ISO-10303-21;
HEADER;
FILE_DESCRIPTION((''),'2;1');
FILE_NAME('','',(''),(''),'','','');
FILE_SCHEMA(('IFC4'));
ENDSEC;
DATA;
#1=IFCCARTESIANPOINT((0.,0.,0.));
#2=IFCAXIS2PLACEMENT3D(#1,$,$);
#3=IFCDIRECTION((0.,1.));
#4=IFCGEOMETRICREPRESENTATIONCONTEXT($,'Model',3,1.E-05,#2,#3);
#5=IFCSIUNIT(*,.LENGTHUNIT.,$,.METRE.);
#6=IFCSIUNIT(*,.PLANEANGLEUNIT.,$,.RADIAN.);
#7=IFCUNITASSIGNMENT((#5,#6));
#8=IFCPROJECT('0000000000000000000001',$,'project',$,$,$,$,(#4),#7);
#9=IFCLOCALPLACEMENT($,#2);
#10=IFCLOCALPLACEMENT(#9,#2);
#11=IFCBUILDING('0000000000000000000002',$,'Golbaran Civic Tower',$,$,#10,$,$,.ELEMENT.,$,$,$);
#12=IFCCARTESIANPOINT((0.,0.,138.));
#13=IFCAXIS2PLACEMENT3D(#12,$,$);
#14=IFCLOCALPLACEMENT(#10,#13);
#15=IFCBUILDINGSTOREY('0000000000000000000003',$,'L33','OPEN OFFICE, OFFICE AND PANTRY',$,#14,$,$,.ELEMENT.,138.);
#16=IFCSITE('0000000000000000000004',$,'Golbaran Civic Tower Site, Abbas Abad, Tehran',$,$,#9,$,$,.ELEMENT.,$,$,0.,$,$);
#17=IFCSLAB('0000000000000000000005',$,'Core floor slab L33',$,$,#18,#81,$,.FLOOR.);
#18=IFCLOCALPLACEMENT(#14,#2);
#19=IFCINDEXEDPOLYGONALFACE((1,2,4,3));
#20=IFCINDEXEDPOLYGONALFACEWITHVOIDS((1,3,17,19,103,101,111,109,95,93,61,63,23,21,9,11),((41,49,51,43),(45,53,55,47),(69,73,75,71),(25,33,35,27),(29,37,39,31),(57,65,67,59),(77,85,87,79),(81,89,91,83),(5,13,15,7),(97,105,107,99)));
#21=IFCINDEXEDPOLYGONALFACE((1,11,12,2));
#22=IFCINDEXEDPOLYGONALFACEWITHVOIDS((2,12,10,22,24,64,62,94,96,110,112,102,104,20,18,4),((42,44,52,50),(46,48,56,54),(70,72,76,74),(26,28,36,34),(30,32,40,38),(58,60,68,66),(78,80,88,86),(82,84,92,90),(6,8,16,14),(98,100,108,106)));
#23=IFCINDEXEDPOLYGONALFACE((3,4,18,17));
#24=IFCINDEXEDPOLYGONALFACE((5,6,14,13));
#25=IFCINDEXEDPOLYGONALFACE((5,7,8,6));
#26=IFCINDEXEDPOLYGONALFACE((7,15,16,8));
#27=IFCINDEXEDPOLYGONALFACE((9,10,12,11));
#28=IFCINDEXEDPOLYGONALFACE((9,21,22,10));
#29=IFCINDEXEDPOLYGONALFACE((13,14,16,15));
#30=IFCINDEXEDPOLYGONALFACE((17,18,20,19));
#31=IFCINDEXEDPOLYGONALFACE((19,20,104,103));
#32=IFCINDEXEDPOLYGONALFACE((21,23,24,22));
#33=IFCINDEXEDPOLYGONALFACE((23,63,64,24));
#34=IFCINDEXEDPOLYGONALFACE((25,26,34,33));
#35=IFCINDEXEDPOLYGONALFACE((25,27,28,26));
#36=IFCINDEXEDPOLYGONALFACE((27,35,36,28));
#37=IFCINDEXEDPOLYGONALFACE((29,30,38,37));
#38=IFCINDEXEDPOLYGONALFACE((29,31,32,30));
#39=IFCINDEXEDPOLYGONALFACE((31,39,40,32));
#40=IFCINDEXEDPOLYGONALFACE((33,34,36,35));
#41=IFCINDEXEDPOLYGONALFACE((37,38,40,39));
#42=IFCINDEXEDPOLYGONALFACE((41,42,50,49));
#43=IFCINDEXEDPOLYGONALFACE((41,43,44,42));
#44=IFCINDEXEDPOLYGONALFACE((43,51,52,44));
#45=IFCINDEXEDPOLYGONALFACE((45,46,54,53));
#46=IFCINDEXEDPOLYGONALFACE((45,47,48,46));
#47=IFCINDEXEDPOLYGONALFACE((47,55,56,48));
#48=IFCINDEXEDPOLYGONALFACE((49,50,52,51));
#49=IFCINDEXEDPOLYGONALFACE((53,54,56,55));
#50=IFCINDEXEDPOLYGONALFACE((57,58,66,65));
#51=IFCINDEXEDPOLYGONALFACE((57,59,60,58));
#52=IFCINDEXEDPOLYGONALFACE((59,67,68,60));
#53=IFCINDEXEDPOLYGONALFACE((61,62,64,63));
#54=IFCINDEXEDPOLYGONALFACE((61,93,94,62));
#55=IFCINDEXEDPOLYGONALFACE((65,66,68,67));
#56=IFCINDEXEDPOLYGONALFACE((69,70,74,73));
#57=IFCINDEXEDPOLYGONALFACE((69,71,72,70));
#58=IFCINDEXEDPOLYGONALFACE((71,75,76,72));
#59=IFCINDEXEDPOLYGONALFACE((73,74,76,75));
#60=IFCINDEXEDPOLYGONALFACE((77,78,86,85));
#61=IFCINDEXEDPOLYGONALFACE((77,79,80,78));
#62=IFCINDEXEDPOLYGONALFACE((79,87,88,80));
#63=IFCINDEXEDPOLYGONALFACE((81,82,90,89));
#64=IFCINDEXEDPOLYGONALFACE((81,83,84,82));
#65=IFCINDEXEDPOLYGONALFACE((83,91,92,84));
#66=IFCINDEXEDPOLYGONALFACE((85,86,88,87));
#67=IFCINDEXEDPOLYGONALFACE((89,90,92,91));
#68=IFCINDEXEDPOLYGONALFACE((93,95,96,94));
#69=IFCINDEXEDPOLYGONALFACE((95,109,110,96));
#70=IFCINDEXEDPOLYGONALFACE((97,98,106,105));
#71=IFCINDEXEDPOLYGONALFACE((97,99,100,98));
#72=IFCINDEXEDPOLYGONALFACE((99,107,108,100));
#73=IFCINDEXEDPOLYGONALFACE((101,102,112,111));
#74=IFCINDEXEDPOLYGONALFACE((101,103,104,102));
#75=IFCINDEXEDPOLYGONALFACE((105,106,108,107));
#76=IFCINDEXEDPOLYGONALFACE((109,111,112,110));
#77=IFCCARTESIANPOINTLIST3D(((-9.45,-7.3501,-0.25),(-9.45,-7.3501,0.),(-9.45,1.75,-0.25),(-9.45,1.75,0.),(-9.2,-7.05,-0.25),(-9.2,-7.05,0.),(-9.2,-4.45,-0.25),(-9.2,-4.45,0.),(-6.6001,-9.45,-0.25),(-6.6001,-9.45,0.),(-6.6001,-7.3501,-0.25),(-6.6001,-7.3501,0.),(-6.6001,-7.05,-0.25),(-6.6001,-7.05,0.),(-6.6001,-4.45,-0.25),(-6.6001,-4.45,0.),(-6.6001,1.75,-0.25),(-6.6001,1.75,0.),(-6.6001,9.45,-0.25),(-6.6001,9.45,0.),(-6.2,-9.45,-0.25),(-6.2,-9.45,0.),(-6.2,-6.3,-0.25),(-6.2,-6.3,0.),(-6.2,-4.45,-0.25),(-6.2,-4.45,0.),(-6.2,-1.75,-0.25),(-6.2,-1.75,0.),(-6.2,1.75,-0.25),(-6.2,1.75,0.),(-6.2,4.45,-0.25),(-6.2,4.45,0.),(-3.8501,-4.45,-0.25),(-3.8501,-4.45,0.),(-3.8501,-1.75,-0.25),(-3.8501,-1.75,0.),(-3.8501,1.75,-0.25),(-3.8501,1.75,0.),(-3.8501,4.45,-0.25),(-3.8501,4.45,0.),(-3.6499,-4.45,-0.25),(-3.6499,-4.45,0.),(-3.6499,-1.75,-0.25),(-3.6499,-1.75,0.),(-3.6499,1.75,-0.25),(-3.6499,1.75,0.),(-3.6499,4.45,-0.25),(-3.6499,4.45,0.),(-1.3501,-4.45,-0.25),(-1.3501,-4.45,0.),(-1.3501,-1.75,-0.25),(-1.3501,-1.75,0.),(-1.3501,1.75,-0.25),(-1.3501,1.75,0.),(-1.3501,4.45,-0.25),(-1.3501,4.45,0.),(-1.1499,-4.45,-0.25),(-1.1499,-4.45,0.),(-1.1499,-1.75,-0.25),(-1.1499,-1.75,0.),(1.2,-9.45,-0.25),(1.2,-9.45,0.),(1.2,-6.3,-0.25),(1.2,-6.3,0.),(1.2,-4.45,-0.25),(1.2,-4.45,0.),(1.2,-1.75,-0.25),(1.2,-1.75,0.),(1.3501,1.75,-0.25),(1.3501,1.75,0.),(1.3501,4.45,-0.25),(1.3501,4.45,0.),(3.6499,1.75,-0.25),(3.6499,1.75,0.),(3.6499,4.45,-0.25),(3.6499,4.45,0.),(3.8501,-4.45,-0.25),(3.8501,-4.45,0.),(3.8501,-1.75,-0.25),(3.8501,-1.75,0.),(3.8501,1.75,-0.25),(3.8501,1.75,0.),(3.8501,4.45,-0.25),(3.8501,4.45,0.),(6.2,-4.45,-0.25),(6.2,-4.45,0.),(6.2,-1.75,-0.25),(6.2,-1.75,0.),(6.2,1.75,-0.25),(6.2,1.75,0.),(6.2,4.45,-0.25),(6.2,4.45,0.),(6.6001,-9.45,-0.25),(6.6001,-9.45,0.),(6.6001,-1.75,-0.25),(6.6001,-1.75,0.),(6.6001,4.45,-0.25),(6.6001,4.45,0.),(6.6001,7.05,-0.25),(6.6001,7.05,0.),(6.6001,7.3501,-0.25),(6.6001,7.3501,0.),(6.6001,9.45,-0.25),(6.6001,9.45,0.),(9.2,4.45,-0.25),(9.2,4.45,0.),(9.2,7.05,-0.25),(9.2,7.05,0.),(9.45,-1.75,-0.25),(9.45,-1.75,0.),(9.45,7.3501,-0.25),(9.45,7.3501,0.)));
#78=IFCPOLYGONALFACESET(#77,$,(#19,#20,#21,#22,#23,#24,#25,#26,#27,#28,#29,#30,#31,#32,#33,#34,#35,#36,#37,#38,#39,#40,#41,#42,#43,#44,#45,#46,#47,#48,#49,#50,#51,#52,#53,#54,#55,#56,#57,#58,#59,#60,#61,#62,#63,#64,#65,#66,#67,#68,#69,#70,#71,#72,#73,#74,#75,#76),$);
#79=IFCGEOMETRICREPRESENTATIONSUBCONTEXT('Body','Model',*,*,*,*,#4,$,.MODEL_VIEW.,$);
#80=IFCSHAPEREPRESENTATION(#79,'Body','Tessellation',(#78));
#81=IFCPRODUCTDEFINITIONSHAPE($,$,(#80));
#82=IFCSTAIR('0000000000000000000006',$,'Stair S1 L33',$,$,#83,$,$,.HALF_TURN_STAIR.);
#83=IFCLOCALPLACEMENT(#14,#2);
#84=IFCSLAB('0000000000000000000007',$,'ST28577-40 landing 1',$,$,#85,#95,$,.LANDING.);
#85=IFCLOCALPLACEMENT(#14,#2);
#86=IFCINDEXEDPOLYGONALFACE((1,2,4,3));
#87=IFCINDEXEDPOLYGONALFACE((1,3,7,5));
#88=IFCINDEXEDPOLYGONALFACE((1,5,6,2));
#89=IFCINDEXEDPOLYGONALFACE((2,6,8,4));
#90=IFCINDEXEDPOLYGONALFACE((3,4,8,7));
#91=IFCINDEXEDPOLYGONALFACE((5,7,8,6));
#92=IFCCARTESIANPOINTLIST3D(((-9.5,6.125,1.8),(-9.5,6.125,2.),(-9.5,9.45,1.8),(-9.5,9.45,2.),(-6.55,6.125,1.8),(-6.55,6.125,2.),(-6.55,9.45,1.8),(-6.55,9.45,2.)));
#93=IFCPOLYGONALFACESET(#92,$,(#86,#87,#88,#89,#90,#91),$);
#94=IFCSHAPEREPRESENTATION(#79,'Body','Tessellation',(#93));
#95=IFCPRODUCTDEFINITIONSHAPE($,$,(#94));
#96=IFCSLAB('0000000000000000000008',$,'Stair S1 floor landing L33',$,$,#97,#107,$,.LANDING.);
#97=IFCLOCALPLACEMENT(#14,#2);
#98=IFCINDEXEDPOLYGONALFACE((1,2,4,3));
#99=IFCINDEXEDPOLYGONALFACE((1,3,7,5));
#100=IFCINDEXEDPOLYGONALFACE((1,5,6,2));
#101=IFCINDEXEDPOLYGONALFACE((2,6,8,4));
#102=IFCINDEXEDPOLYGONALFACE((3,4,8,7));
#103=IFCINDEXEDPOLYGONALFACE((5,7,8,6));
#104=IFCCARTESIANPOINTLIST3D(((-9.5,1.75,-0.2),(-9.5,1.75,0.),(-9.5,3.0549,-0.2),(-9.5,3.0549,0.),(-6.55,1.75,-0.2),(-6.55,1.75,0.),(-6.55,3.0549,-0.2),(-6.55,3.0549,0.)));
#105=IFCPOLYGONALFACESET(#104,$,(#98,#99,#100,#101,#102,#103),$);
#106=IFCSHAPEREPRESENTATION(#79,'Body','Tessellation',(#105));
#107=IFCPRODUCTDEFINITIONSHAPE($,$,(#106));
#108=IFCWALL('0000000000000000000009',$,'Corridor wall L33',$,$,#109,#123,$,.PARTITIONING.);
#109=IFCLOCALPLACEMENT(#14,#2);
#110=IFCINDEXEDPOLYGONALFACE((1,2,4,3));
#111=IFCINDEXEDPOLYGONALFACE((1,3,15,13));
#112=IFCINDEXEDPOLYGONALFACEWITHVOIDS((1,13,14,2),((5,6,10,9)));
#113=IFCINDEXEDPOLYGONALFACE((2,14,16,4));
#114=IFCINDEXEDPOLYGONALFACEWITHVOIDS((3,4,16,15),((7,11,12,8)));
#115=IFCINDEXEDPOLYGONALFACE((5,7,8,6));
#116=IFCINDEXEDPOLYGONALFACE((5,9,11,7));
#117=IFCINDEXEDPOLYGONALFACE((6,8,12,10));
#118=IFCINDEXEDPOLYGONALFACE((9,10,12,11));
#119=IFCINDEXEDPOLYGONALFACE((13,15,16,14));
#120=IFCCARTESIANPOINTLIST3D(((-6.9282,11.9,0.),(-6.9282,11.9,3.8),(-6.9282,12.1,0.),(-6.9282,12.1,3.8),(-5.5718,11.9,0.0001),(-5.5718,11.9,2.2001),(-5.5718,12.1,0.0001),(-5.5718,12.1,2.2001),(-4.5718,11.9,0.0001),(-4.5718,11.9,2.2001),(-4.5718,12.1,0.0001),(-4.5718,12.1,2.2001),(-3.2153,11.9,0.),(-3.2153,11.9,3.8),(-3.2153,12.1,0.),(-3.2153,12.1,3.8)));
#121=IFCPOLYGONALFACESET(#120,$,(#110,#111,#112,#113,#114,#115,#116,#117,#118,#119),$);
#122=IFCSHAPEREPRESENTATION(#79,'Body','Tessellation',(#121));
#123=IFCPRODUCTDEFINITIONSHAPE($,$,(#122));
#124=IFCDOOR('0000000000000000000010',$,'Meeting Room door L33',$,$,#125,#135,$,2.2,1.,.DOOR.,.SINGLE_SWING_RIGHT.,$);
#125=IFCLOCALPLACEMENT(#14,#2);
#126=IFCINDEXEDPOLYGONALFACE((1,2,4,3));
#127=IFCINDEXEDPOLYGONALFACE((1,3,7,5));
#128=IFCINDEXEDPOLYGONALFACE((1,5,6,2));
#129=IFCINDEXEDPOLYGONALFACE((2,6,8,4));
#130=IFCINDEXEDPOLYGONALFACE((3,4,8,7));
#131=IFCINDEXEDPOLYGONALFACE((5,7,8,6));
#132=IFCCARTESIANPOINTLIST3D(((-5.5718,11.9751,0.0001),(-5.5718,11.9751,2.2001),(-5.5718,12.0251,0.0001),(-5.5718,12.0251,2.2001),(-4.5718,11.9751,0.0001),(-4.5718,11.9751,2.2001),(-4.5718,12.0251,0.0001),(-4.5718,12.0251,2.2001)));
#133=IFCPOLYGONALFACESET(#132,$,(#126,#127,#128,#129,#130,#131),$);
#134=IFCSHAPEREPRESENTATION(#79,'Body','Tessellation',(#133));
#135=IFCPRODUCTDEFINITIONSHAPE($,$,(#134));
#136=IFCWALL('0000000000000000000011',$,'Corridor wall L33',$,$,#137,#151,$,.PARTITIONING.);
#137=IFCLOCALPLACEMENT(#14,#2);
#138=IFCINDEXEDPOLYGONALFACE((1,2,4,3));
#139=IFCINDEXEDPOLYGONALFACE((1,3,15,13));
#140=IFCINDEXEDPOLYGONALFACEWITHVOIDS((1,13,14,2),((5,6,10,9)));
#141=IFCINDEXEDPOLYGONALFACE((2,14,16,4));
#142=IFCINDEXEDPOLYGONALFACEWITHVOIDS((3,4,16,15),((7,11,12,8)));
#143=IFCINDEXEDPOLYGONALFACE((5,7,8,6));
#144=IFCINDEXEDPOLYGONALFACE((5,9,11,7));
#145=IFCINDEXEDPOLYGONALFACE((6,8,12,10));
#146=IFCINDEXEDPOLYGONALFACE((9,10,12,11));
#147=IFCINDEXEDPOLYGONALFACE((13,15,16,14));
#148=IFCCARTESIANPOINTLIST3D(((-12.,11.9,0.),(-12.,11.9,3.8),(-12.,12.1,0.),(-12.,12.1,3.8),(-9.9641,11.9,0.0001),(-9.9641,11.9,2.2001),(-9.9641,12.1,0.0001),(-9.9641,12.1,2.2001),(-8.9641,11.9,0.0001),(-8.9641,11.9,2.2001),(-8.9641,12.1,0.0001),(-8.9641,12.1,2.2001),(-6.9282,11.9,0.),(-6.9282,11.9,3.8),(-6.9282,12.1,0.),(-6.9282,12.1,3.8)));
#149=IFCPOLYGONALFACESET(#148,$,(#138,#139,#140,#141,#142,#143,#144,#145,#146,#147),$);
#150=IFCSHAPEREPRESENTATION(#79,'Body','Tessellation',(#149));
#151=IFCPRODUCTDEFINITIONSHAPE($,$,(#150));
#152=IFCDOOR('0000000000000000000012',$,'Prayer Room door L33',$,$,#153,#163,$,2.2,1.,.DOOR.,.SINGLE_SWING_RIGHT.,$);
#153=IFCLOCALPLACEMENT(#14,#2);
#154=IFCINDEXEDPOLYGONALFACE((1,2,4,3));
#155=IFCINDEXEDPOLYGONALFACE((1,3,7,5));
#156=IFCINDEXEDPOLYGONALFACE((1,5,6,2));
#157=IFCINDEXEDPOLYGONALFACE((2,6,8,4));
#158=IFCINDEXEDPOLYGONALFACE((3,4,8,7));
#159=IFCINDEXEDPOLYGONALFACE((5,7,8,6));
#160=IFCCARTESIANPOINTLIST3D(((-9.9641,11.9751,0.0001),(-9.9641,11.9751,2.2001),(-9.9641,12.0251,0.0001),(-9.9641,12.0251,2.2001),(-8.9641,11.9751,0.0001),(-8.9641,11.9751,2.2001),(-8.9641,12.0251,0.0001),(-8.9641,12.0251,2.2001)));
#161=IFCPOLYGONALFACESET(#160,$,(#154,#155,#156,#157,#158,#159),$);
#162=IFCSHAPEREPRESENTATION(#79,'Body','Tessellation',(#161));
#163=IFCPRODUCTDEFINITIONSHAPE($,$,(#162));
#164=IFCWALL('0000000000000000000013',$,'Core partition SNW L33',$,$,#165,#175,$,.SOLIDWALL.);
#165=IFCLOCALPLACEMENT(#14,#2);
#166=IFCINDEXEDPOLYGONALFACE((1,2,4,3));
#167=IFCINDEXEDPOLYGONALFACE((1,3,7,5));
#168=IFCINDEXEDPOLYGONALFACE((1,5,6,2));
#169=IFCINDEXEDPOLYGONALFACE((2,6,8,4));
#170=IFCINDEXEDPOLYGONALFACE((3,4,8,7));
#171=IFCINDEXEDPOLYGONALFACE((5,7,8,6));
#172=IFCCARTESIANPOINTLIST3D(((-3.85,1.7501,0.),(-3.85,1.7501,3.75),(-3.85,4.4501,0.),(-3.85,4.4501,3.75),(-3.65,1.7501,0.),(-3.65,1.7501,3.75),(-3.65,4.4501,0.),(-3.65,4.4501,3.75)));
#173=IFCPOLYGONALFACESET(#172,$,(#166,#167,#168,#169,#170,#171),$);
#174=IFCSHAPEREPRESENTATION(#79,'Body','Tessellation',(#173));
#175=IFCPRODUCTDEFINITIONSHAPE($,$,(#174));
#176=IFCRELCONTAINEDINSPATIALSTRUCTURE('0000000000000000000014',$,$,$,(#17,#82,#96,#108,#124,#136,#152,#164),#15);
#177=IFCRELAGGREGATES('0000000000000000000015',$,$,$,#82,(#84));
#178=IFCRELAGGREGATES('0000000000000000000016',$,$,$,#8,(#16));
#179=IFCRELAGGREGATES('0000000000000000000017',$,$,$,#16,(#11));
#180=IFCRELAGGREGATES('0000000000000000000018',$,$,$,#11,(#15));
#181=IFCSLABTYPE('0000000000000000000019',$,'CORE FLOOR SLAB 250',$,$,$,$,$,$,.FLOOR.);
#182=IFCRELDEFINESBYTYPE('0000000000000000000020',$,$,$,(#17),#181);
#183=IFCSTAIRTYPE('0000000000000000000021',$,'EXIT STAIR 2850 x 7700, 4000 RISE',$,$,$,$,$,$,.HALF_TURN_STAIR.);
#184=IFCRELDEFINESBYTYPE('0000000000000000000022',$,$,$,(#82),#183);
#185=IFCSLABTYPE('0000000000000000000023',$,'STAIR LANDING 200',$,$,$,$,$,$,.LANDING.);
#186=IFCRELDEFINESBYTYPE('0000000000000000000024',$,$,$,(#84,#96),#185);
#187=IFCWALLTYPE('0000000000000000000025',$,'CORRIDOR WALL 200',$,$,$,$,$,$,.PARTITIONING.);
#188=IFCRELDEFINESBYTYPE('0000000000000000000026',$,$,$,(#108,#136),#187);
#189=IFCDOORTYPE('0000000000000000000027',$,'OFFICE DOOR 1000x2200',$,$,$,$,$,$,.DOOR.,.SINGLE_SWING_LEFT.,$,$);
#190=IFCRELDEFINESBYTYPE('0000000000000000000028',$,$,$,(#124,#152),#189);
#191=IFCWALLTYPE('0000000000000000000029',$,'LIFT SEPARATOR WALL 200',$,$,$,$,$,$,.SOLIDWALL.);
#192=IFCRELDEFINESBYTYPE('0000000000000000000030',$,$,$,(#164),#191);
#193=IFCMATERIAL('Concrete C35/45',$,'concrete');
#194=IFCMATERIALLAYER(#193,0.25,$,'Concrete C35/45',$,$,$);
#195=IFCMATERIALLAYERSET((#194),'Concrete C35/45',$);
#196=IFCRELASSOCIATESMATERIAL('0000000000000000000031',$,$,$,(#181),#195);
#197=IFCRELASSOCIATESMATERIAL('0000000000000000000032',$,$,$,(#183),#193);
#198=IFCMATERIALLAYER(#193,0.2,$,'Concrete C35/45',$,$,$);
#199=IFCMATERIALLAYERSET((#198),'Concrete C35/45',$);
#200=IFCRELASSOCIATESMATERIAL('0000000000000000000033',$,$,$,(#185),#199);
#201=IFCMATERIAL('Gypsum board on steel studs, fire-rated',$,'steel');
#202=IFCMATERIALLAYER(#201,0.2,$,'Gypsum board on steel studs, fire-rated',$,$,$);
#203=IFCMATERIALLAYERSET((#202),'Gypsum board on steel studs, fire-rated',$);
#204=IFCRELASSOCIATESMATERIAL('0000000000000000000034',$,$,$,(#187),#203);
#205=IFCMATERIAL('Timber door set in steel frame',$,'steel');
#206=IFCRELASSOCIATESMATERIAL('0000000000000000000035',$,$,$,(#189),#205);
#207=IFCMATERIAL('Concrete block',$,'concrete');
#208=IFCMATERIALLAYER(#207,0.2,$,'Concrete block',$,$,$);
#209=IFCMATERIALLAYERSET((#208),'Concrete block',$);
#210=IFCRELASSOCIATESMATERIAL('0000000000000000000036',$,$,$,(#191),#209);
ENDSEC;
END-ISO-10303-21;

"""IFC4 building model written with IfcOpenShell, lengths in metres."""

from ifc_helpers import new_model, si_unit, direction, frame, frame_2d, origin, place, context, subcontext, project, spatial, polyline, rectangle, outline, extrude, material, layer, layer_set, type_object, element, fill, aggregate, save


model = new_model("IFC4")

# Units and contexts
model_context = context("Model", 3, precision=1e-05, world=origin(), true_north=direction((0.0, 1.0)))
body_context = subcontext(model_context, "Body", "Model", "MODEL_VIEW")
ifc_project = project(units=[si_unit("LENGTHUNIT", "METRE"), si_unit("PLANEANGLEUNIT", "RADIAN")], contexts=[model_context])

# Site, building, storey
site_placement = place(None, origin())
site = spatial("IfcSite", under=ifc_project, at=site_placement, Name="Golbaran Civic Tower Site, Abbas Abad, Tehran", CompositionType="ELEMENT", RefElevation=0.0)
building_placement = place(site_placement, origin())
building = spatial("IfcBuilding", under=site, at=building_placement, Name="Golbaran Civic Tower", CompositionType="ELEMENT")
storey_placement = place(building_placement, frame((0.0, 0.0, 138.0)))
storey = spatial("IfcBuildingStorey", under=building, at=storey_placement, Name="L33", Description="OPEN OFFICE, OFFICE AND PANTRY", CompositionType="ELEMENT", Elevation=138.0)

# Slab
ifc_material_1 = material(Name="Concrete C35/45", Category="concrete")
ifc_layer_1 = layer(ifc_material_1, 0.25, Name="Concrete C35/45")
ifc_layer_set_1 = layer_set([ifc_layer_1], Name="Concrete C35/45")
slab_type_1 = type_object("IfcSlabType", Name="CORE FLOOR SLAB 250", PredefinedType="FLOOR", material=ifc_layer_set_1)
slab_1_placement = place(storey_placement, frame((0.0, 0.0, -0.25)))
element("IfcSlab", 1, at=slab_1_placement, inside=storey, type_object=slab_type_1, Name="Core floor slab L33", PredefinedType="FLOOR", context=body_context, shape_type="SweptSolid", body=[
    extrude(outline(polyline([(6.6001, -1.75), (6.6001, -9.45), (1.2, -9.45), (1.2, -6.3), (-6.2, -6.3), (-6.2, -9.45), (-6.6001, -9.45), (-6.6001, -7.3501), (-9.45, -7.3501), (-9.45, 1.75), (-6.6001, 1.75), (-6.6001, 9.45), (6.6001, 9.45), (6.6001, 7.3501), (9.45, 7.3501), (9.45, -1.75), (6.6001, -1.75)]), holes=[polyline([(9.2, 7.05), (6.6001, 7.05), (6.6001, 4.45), (9.2, 4.45), (9.2, 7.05)]), polyline([(6.2, -1.75), (3.8501, -1.75), (3.8501, -4.45), (6.2, -4.45), (6.2, -1.75)]), polyline([(6.2, 4.45), (3.8501, 4.45), (3.8501, 1.75), (6.2, 1.75), (6.2, 4.45)]), polyline([(3.6499, 4.45), (1.3501, 4.45), (1.3501, 1.75), (3.6499, 1.75), (3.6499, 4.45)]), polyline([(1.2, -1.75), (-1.1499, -1.75), (-1.1499, -4.45), (1.2, -4.45), (1.2, -1.75)]), polyline([(-1.3501, 4.45), (-3.6499, 4.45), (-3.6499, 1.75), (-1.3501, 1.75), (-1.3501, 4.45)]), polyline([(-1.3501, -1.75), (-3.6499, -1.75), (-3.6499, -4.45), (-1.3501, -4.45), (-1.3501, -1.75)]), polyline([(-3.8501, -1.75), (-6.2, -1.75), (-6.2, -4.45), (-3.8501, -4.45), (-3.8501, -1.75)]), polyline([(-3.8501, 4.45), (-6.2, 4.45), (-6.2, 1.75), (-3.8501, 1.75), (-3.8501, 4.45)]), polyline([(-6.6001, -4.45), (-9.2, -4.45), (-9.2, -7.05), (-6.6001, -7.05), (-6.6001, -4.45)])]), origin(), (0.0, 0.0, 1.0), 0.25),
])

# Stair, slab
stair_type = type_object("IfcStairType", Name="EXIT STAIR 2850 x 7700, 4000 RISE", PredefinedType="HALF_TURN_STAIR", material=ifc_material_1)
stair_placement = place(storey_placement, origin())
stair = element("IfcStair", 2, at=stair_placement, inside=storey, type_object=stair_type, Name="Stair S1 L33", PredefinedType="HALF_TURN_STAIR")
ifc_layer_2 = layer(ifc_material_1, 0.2, Name="Concrete C35/45")
ifc_layer_set_2 = layer_set([ifc_layer_2], Name="Concrete C35/45")
slab_type_2 = type_object("IfcSlabType", Name="STAIR LANDING 200", PredefinedType="LANDING", material=ifc_layer_set_2)
slab_2_placement = place(storey_placement, frame((0.0, 0.0, 1.8)))
slab_2 = element("IfcSlab", 3, at=slab_2_placement, type_object=slab_type_2, Name="ST28577-40 landing 1", PredefinedType="LANDING", context=body_context, shape_type="SweptSolid", body=[
    extrude(outline(polyline([(-9.5, 6.125), (-9.5, 9.45), (-6.55, 9.45), (-6.55, 6.125), (-9.5, 6.125)])), origin(), (0.0, 0.0, 1.0), 0.2),
])

# Slab
slab_3_placement = place(storey_placement, frame((0.0, 0.0, -0.2)))
element("IfcSlab", 4, at=slab_3_placement, inside=storey, type_object=slab_type_2, Name="Stair S1 floor landing L33", PredefinedType="LANDING", context=body_context, shape_type="SweptSolid", body=[
    extrude(outline(polyline([(-9.5, 1.75), (-9.5, 3.0549), (-6.55, 3.0549), (-6.55, 1.75), (-9.5, 1.75)])), origin(), (0.0, 0.0, 1.0), 0.2),
])

# Walls, openings, doors
ifc_material_2 = material(Name="Gypsum board on steel studs, fire-rated", Category="steel")
ifc_layer_3 = layer(ifc_material_2, 0.2, Name="Gypsum board on steel studs, fire-rated")
ifc_layer_set_3 = layer_set([ifc_layer_3], Name="Gypsum board on steel studs, fire-rated")
wall_type_1 = type_object("IfcWallType", Name="CORRIDOR WALL 200", PredefinedType="PARTITIONING", material=ifc_layer_set_3)
wall_1_placement = place(storey_placement, frame((-3.2153, 12.0, 0.0), z_axis=(0.0, 0.0, 1.0), x_axis=(-1.0, 0.0, 0.0)))
wall_1 = element("IfcWall", 5, at=wall_1_placement, inside=storey, type_object=wall_type_1, Name="Corridor wall L33", PredefinedType="PARTITIONING", context=body_context, shape_type="SweptSolid", body=[
    extrude(rectangle(XDim=3.7129, YDim=0.2, at=frame_2d((1.8564, 0.0))), origin(), (0.0, 0.0, 1.0), 3.8),
])
opening_1_placement = place(wall_1_placement, frame((1.3564, 0.0, 0.0)))
opening_1 = element("IfcOpeningElement", 6, at=opening_1_placement, cuts=wall_1, PredefinedType="OPENING", context=body_context, shape_type="SweptSolid", body=[
    extrude(rectangle(XDim=1.0, YDim=2.2, at=frame_2d((0.5, 1.1001))), frame((0.0, 0.1099, 0.0), z_axis=(0.0, -1.0, 0.0), x_axis=(1.0, 0.0, 0.0)), (0.0, 0.0, 1.0), 0.22),
])
ifc_material_3 = material(Name="Timber door set in steel frame", Category="steel")
door_type_1 = type_object("IfcDoorType", Name="OFFICE DOOR 1000x2200", OperationType="SINGLE_SWING_LEFT", PredefinedType="DOOR", material=ifc_material_3)
door_1_placement = place(opening_1_placement, origin())
door_1 = element("IfcDoor", 7, at=door_1_placement, inside=storey, type_object=door_type_1, Name="Meeting Room door L33", OperationType="SINGLE_SWING_RIGHT", OverallHeight=2.2, OverallWidth=1.0, PredefinedType="DOOR", context=body_context, shape_type="SweptSolid", body=[
    extrude(rectangle(XDim=1.0, YDim=2.2, at=frame_2d((0.5, 1.1001))), frame((0.0, 0.0249, 0.0), z_axis=(0.0, -1.0, 0.0), x_axis=(1.0, 0.0, 0.0)), (0.0, 0.0, 1.0), 0.05),
])
fill(opening_1, door_1)
wall_2_placement = place(storey_placement, frame((-6.9282, 12.0, 0.0), z_axis=(0.0, 0.0, 1.0), x_axis=(-1.0, 0.0, 0.0)))
wall_2 = element("IfcWall", 8, at=wall_2_placement, inside=storey, type_object=wall_type_1, Name="Corridor wall L33", PredefinedType="PARTITIONING", context=body_context, shape_type="SweptSolid", body=[
    extrude(rectangle(XDim=5.0718, YDim=0.2, at=frame_2d((2.5359, 0.0))), origin(), (0.0, 0.0, 1.0), 3.8),
])
opening_2_placement = place(wall_2_placement, frame((2.0359, 0.0, 0.0)))
opening_2 = element("IfcOpeningElement", 9, at=opening_2_placement, cuts=wall_2, PredefinedType="OPENING", context=body_context, shape_type="SweptSolid", body=[
    extrude(rectangle(XDim=1.0, YDim=2.2, at=frame_2d((0.5, 1.1001))), frame((0.0, 0.1099, 0.0), z_axis=(0.0, -1.0, 0.0), x_axis=(1.0, 0.0, 0.0)), (0.0, 0.0, 1.0), 0.22),
])
door_2_placement = place(opening_2_placement, origin())
door_2 = element("IfcDoor", 10, at=door_2_placement, inside=storey, type_object=door_type_1, Name="Prayer Room door L33", OperationType="SINGLE_SWING_RIGHT", OverallHeight=2.2, OverallWidth=1.0, PredefinedType="DOOR", context=body_context, shape_type="SweptSolid", body=[
    extrude(rectangle(XDim=1.0, YDim=2.2, at=frame_2d((0.5, 1.1001))), frame((0.0, 0.0249, 0.0), z_axis=(0.0, -1.0, 0.0), x_axis=(1.0, 0.0, 0.0)), (0.0, 0.0, 1.0), 0.05),
])
fill(opening_2, door_2)

# Wall
ifc_material_4 = material(Name="Concrete block", Category="concrete")
ifc_layer_4 = layer(ifc_material_4, 0.2, Name="Concrete block")
ifc_layer_set_4 = layer_set([ifc_layer_4], Name="Concrete block")
wall_type_2 = type_object("IfcWallType", Name="LIFT SEPARATOR WALL 200", PredefinedType="SOLIDWALL", material=ifc_layer_set_4)
wall_3_placement = place(storey_placement, frame((-3.75, 1.75, 0.0), z_axis=(0.0, 0.0, 1.0), x_axis=(0.0, 1.0, 0.0)))
element("IfcWall", 11, at=wall_3_placement, inside=storey, type_object=wall_type_2, Name="Core partition SNW L33", PredefinedType="SOLIDWALL", context=body_context, shape_type="SweptSolid", body=[
    extrude(rectangle(XDim=2.7, YDim=0.2, at=frame_2d((1.3501, 0.0))), origin(), (0.0, 0.0, 1.0), 3.75),
])

aggregate(stair, [slab_2])

save(model, "model.ifc")
